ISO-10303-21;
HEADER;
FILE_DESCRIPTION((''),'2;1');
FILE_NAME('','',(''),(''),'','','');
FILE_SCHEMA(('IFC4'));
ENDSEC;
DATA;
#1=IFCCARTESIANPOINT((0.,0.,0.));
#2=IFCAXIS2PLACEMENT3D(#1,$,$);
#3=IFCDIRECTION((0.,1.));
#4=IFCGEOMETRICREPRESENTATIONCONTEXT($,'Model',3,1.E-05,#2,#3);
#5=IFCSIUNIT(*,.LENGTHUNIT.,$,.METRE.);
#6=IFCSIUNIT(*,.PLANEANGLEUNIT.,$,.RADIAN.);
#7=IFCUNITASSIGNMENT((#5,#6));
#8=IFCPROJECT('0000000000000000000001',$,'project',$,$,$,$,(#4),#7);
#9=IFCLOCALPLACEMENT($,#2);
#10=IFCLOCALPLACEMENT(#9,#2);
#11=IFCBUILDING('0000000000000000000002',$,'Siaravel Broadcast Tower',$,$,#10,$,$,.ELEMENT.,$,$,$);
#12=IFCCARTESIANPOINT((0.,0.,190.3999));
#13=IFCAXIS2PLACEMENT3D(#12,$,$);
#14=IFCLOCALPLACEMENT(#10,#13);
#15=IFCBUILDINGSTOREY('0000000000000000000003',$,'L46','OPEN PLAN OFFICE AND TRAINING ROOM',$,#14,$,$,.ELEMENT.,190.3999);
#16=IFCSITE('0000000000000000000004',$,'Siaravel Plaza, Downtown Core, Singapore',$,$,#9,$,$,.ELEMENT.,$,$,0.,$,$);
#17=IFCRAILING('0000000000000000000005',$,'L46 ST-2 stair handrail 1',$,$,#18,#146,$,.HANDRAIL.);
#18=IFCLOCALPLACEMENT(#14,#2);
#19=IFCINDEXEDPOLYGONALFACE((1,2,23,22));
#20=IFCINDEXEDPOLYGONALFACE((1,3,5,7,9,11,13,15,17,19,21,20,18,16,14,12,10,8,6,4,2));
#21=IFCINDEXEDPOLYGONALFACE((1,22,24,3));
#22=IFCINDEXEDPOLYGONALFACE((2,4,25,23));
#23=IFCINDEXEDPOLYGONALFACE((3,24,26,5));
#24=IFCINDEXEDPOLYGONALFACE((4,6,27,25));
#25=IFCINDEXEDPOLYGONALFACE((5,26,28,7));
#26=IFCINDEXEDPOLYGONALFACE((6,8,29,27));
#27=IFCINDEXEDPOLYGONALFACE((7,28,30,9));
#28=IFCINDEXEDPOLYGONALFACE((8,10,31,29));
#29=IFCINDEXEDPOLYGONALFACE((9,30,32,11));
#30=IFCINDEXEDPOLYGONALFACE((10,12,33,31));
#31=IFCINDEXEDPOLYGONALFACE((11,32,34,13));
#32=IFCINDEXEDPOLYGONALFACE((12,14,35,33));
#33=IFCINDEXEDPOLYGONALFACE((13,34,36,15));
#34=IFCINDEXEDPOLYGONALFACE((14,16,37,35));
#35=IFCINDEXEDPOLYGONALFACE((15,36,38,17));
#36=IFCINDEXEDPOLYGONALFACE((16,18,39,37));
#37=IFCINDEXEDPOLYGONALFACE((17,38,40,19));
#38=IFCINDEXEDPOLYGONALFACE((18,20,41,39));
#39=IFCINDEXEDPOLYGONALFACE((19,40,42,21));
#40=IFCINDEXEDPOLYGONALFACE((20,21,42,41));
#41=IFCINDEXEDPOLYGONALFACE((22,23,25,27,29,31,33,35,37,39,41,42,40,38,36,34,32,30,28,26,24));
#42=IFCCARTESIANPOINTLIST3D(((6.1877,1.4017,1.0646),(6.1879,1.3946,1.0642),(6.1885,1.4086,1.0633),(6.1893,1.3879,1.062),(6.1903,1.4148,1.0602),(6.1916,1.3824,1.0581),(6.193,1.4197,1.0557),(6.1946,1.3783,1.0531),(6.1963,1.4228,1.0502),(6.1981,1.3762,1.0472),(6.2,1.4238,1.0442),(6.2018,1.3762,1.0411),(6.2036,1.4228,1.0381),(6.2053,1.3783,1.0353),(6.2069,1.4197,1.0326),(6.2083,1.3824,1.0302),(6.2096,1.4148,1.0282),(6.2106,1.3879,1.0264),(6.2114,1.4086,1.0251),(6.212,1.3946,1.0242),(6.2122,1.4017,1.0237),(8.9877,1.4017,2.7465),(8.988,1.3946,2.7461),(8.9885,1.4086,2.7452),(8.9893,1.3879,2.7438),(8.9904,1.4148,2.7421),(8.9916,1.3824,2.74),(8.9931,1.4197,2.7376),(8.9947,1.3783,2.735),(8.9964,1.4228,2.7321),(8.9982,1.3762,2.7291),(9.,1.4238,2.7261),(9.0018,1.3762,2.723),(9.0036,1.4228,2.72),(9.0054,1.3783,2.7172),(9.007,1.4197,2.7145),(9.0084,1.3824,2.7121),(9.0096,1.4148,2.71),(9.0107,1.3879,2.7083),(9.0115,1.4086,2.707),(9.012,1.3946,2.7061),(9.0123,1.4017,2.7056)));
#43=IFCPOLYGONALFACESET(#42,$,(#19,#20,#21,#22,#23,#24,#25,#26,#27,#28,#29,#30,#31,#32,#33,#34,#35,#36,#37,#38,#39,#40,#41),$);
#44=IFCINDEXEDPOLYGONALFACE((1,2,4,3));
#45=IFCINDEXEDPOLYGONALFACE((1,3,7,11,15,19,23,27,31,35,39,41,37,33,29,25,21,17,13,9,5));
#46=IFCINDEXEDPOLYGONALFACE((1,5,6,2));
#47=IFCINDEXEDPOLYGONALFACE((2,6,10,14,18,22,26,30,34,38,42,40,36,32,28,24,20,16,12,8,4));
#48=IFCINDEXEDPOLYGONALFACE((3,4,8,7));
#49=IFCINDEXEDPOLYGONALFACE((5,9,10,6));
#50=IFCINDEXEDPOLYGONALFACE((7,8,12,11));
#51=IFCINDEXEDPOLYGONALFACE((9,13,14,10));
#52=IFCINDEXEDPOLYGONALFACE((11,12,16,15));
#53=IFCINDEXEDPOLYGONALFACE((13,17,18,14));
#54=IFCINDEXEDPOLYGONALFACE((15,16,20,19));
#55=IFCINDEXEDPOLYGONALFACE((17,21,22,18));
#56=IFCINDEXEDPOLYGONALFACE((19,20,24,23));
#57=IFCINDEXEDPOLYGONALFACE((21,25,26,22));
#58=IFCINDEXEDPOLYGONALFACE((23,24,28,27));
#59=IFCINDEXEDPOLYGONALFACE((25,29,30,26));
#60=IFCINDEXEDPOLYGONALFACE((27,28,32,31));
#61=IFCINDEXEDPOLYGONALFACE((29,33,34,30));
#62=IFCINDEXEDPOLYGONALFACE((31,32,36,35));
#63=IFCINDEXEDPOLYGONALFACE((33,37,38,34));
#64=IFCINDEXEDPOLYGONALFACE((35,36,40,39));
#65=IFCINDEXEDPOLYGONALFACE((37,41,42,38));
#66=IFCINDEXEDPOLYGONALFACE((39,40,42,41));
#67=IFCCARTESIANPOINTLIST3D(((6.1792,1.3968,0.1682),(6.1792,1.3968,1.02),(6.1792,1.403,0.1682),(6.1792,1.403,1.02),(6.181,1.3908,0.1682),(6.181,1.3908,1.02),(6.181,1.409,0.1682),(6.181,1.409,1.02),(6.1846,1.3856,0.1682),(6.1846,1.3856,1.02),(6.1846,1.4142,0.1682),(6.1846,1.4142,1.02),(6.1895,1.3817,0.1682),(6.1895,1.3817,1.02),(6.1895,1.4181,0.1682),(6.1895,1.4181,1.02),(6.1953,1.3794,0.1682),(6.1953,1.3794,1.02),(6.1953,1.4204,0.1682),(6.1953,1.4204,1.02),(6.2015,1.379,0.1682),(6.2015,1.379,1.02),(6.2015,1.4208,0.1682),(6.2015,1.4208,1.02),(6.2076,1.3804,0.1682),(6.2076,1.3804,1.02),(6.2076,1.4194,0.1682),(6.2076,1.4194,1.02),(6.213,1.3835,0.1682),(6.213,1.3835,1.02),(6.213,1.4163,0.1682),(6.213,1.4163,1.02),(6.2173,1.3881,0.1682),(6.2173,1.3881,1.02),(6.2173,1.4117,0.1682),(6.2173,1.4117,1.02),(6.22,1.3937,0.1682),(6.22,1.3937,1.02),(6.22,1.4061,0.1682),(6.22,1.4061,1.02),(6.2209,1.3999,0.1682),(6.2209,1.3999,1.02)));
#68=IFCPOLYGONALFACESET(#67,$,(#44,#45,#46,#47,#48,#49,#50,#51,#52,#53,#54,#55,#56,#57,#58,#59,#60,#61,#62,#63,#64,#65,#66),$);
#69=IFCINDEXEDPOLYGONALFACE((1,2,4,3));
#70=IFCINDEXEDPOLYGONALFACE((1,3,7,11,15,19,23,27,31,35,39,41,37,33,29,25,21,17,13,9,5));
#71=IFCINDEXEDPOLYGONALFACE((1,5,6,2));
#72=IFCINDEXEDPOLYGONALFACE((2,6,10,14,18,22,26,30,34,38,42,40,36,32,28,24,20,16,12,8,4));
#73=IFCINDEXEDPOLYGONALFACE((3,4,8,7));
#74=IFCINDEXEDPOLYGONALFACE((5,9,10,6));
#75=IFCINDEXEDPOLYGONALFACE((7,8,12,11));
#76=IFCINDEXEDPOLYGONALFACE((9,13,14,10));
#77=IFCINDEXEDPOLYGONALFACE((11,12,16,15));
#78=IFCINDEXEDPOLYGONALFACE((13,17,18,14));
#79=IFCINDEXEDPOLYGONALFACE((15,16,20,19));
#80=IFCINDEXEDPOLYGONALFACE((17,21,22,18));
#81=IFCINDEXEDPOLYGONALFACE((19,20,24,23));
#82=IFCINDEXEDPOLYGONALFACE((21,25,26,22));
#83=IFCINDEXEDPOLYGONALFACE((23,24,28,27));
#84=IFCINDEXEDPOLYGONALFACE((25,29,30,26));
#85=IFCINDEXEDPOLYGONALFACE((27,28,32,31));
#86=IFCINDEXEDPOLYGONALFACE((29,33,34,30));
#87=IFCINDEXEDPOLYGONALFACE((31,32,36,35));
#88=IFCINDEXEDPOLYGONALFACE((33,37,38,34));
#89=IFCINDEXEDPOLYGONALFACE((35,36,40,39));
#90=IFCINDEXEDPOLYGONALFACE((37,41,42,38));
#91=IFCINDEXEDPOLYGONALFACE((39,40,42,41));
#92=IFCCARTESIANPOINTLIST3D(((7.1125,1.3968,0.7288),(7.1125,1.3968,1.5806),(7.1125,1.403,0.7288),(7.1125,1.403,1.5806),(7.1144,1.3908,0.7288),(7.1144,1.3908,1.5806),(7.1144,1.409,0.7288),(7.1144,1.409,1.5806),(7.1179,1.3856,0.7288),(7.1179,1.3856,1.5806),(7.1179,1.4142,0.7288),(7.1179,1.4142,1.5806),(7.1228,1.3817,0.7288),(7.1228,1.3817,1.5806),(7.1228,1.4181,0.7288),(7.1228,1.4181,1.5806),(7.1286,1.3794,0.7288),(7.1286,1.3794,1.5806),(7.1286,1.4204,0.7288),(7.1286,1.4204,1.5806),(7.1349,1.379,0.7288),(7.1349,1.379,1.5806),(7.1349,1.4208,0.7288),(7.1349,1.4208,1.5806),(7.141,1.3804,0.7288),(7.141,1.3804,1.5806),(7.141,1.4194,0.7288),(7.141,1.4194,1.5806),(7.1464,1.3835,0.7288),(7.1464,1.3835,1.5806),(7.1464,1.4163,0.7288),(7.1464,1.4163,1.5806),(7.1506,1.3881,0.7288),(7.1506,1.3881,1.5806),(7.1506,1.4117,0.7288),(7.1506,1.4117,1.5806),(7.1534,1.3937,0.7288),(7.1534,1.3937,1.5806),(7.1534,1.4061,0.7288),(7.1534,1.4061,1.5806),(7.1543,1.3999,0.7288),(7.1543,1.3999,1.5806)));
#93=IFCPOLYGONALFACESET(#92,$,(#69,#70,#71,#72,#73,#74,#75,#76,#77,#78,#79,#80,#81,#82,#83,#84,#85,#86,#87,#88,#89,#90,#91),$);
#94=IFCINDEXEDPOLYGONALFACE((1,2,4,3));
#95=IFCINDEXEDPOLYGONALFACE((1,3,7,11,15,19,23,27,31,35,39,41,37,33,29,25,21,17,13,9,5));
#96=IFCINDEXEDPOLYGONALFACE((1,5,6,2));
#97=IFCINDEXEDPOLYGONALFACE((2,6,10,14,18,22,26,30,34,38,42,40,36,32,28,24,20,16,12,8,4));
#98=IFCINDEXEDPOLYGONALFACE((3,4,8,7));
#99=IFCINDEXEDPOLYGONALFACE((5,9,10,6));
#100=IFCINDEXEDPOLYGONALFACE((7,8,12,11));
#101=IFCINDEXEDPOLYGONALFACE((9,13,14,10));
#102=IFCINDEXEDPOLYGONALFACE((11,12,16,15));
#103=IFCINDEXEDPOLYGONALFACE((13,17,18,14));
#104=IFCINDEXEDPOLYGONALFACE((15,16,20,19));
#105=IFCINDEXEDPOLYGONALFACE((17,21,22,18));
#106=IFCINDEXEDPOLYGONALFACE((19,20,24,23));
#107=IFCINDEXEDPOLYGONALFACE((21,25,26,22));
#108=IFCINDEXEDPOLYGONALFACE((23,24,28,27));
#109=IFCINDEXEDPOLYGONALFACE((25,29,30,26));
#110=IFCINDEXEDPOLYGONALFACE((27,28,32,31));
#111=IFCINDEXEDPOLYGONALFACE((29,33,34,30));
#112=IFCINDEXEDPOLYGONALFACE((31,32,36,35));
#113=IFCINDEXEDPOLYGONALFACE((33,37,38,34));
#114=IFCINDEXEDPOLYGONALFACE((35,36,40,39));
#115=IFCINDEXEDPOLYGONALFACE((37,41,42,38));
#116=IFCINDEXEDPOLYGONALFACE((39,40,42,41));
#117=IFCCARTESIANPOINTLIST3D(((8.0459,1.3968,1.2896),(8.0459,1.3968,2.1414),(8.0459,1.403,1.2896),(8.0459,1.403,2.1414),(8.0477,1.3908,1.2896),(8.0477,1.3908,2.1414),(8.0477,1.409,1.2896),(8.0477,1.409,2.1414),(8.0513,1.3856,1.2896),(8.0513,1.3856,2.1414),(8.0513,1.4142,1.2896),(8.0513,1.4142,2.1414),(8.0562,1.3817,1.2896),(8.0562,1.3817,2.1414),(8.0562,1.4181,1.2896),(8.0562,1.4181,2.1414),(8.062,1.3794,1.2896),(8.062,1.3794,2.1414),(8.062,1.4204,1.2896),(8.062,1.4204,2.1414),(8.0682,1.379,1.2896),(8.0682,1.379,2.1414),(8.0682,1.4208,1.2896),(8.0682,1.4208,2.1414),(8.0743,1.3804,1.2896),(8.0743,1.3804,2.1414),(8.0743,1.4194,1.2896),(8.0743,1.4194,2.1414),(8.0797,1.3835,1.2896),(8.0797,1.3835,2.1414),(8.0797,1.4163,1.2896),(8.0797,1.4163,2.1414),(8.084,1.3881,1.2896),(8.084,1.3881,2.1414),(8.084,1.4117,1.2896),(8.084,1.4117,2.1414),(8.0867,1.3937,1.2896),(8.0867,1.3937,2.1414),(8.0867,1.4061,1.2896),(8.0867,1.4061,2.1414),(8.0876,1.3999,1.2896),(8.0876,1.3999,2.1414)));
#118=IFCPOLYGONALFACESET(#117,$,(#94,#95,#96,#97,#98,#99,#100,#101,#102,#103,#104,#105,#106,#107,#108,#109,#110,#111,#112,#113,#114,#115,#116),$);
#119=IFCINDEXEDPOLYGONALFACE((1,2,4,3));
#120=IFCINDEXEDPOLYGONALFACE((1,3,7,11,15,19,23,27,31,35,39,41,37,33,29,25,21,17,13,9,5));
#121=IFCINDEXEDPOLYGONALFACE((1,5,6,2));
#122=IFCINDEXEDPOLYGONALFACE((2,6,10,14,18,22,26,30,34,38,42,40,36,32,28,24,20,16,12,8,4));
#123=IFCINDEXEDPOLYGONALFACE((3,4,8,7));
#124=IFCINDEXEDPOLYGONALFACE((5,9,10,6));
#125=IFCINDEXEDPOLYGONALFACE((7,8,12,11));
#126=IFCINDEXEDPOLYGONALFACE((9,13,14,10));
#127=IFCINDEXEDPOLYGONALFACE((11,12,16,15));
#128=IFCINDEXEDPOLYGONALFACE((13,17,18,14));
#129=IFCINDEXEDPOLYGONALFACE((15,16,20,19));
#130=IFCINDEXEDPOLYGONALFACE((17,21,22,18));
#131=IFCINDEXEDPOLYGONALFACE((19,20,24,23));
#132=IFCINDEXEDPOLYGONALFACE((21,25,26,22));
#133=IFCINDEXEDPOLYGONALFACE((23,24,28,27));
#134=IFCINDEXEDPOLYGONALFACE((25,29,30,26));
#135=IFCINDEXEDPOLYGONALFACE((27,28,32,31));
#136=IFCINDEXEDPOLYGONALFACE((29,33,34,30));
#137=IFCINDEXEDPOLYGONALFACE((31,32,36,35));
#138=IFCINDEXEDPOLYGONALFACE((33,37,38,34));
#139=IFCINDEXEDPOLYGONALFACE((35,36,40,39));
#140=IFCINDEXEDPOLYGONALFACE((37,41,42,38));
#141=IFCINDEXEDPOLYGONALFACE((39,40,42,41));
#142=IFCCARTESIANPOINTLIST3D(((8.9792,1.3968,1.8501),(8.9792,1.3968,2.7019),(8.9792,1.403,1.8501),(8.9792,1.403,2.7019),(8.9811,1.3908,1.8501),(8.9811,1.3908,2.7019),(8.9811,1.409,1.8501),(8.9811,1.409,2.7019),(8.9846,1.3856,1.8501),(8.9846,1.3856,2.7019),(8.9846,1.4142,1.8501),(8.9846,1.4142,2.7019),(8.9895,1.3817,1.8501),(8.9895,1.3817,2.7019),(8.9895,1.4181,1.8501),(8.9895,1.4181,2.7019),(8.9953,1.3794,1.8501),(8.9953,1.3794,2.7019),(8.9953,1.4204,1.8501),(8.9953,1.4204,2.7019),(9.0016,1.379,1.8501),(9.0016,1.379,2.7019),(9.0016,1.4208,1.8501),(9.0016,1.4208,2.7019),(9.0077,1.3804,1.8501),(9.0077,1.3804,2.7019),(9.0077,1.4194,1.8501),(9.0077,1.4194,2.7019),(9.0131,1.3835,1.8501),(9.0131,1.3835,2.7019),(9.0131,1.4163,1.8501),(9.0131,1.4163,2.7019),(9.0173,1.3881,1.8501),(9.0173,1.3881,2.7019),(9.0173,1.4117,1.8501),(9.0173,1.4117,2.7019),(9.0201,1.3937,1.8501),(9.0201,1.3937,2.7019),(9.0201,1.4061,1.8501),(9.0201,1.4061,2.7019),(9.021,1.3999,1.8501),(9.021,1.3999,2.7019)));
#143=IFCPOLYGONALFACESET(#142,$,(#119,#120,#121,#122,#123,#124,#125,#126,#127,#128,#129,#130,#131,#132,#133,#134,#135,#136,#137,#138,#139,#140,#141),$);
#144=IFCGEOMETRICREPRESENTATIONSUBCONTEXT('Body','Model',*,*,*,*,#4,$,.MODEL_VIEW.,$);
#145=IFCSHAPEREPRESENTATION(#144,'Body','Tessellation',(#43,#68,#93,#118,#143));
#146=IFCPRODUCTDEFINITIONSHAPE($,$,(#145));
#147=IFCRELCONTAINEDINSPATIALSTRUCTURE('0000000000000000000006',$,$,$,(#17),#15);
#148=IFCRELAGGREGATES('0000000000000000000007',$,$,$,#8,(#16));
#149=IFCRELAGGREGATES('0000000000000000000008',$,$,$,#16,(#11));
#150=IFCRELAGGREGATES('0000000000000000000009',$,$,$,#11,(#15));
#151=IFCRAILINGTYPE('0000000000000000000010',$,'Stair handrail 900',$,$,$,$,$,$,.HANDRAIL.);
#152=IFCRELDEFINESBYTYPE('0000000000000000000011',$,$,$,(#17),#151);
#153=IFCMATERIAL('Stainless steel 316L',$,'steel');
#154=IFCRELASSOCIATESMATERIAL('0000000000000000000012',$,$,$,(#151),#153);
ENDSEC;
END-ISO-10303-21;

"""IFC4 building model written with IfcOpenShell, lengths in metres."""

from ifc_helpers import new_model, si_unit, direction, frame, origin, origin_2d, place, context, subcontext, project, spatial, circle, extrude, material, type_object, element, save


model = new_model("IFC4")

# Units and contexts
model_context = context("Model", 3, precision=1e-05, world=origin(), true_north=direction((0.0, 1.0)))
body_context = subcontext(model_context, "Body", "Model", "MODEL_VIEW")
ifc_project = project(units=[si_unit("LENGTHUNIT", "METRE"), si_unit("PLANEANGLEUNIT", "RADIAN")], contexts=[model_context])

# Site, building, storey
site_placement = place(None, origin())
site = spatial("IfcSite", under=ifc_project, at=site_placement, Name="Siaravel Plaza, Downtown Core, Singapore", CompositionType="ELEMENT", RefElevation=0.0)
building_placement = place(site_placement, origin())
building = spatial("IfcBuilding", under=site, at=building_placement, Name="Siaravel Broadcast Tower", CompositionType="ELEMENT")
storey_placement = place(building_placement, frame((0.0, 0.0, 190.3999)))
storey = spatial("IfcBuildingStorey", under=building, at=storey_placement, Name="L46", Description="OPEN PLAN OFFICE AND TRAINING ROOM", CompositionType="ELEMENT", Elevation=190.3999)

# Railing
ifc_material_1 = material(Name="Stainless steel 316L", Category="steel")
railing_type_1 = type_object("IfcRailingType", Name="Stair handrail 900", PredefinedType="HANDRAIL", material=ifc_material_1)
railing_1_placement = place(storey_placement, frame((6.2, 1.3999, 0.1682)))
element("IfcRailing", 1, at=railing_1_placement, inside=storey, type_object=railing_type_1, Name="L46 ST-2 stair handrail 1", PredefinedType="HANDRAIL", context=body_context, shape_type="SweptSolid", body=[
    extrude(circle(Radius=0.0239, at=origin_2d()), frame((0.0, 0.0, 0.876), z_axis=(0.857242, 0.0, 0.514913), x_axis=(0.0, 1.0, 0.0)), (0.0, 0.0, 1.0), 3.2664),
    extrude(circle(Radius=0.021, at=origin_2d()), origin(), (0.0, 0.0, 1.0), 0.8518),
    extrude(circle(Radius=0.021, at=origin_2d()), frame((0.9333, 0.0, 0.5605)), (0.0, 0.0, 1.0), 0.8518),
    extrude(circle(Radius=0.021, at=origin_2d()), frame((1.8667, 0.0, 1.1213)), (0.0, 0.0, 1.0), 0.8518),
    extrude(circle(Radius=0.021, at=origin_2d()), frame((2.8, 0.0, 1.6819)), (0.0, 0.0, 1.0), 0.8518),
])

save(model, "model.ifc")
